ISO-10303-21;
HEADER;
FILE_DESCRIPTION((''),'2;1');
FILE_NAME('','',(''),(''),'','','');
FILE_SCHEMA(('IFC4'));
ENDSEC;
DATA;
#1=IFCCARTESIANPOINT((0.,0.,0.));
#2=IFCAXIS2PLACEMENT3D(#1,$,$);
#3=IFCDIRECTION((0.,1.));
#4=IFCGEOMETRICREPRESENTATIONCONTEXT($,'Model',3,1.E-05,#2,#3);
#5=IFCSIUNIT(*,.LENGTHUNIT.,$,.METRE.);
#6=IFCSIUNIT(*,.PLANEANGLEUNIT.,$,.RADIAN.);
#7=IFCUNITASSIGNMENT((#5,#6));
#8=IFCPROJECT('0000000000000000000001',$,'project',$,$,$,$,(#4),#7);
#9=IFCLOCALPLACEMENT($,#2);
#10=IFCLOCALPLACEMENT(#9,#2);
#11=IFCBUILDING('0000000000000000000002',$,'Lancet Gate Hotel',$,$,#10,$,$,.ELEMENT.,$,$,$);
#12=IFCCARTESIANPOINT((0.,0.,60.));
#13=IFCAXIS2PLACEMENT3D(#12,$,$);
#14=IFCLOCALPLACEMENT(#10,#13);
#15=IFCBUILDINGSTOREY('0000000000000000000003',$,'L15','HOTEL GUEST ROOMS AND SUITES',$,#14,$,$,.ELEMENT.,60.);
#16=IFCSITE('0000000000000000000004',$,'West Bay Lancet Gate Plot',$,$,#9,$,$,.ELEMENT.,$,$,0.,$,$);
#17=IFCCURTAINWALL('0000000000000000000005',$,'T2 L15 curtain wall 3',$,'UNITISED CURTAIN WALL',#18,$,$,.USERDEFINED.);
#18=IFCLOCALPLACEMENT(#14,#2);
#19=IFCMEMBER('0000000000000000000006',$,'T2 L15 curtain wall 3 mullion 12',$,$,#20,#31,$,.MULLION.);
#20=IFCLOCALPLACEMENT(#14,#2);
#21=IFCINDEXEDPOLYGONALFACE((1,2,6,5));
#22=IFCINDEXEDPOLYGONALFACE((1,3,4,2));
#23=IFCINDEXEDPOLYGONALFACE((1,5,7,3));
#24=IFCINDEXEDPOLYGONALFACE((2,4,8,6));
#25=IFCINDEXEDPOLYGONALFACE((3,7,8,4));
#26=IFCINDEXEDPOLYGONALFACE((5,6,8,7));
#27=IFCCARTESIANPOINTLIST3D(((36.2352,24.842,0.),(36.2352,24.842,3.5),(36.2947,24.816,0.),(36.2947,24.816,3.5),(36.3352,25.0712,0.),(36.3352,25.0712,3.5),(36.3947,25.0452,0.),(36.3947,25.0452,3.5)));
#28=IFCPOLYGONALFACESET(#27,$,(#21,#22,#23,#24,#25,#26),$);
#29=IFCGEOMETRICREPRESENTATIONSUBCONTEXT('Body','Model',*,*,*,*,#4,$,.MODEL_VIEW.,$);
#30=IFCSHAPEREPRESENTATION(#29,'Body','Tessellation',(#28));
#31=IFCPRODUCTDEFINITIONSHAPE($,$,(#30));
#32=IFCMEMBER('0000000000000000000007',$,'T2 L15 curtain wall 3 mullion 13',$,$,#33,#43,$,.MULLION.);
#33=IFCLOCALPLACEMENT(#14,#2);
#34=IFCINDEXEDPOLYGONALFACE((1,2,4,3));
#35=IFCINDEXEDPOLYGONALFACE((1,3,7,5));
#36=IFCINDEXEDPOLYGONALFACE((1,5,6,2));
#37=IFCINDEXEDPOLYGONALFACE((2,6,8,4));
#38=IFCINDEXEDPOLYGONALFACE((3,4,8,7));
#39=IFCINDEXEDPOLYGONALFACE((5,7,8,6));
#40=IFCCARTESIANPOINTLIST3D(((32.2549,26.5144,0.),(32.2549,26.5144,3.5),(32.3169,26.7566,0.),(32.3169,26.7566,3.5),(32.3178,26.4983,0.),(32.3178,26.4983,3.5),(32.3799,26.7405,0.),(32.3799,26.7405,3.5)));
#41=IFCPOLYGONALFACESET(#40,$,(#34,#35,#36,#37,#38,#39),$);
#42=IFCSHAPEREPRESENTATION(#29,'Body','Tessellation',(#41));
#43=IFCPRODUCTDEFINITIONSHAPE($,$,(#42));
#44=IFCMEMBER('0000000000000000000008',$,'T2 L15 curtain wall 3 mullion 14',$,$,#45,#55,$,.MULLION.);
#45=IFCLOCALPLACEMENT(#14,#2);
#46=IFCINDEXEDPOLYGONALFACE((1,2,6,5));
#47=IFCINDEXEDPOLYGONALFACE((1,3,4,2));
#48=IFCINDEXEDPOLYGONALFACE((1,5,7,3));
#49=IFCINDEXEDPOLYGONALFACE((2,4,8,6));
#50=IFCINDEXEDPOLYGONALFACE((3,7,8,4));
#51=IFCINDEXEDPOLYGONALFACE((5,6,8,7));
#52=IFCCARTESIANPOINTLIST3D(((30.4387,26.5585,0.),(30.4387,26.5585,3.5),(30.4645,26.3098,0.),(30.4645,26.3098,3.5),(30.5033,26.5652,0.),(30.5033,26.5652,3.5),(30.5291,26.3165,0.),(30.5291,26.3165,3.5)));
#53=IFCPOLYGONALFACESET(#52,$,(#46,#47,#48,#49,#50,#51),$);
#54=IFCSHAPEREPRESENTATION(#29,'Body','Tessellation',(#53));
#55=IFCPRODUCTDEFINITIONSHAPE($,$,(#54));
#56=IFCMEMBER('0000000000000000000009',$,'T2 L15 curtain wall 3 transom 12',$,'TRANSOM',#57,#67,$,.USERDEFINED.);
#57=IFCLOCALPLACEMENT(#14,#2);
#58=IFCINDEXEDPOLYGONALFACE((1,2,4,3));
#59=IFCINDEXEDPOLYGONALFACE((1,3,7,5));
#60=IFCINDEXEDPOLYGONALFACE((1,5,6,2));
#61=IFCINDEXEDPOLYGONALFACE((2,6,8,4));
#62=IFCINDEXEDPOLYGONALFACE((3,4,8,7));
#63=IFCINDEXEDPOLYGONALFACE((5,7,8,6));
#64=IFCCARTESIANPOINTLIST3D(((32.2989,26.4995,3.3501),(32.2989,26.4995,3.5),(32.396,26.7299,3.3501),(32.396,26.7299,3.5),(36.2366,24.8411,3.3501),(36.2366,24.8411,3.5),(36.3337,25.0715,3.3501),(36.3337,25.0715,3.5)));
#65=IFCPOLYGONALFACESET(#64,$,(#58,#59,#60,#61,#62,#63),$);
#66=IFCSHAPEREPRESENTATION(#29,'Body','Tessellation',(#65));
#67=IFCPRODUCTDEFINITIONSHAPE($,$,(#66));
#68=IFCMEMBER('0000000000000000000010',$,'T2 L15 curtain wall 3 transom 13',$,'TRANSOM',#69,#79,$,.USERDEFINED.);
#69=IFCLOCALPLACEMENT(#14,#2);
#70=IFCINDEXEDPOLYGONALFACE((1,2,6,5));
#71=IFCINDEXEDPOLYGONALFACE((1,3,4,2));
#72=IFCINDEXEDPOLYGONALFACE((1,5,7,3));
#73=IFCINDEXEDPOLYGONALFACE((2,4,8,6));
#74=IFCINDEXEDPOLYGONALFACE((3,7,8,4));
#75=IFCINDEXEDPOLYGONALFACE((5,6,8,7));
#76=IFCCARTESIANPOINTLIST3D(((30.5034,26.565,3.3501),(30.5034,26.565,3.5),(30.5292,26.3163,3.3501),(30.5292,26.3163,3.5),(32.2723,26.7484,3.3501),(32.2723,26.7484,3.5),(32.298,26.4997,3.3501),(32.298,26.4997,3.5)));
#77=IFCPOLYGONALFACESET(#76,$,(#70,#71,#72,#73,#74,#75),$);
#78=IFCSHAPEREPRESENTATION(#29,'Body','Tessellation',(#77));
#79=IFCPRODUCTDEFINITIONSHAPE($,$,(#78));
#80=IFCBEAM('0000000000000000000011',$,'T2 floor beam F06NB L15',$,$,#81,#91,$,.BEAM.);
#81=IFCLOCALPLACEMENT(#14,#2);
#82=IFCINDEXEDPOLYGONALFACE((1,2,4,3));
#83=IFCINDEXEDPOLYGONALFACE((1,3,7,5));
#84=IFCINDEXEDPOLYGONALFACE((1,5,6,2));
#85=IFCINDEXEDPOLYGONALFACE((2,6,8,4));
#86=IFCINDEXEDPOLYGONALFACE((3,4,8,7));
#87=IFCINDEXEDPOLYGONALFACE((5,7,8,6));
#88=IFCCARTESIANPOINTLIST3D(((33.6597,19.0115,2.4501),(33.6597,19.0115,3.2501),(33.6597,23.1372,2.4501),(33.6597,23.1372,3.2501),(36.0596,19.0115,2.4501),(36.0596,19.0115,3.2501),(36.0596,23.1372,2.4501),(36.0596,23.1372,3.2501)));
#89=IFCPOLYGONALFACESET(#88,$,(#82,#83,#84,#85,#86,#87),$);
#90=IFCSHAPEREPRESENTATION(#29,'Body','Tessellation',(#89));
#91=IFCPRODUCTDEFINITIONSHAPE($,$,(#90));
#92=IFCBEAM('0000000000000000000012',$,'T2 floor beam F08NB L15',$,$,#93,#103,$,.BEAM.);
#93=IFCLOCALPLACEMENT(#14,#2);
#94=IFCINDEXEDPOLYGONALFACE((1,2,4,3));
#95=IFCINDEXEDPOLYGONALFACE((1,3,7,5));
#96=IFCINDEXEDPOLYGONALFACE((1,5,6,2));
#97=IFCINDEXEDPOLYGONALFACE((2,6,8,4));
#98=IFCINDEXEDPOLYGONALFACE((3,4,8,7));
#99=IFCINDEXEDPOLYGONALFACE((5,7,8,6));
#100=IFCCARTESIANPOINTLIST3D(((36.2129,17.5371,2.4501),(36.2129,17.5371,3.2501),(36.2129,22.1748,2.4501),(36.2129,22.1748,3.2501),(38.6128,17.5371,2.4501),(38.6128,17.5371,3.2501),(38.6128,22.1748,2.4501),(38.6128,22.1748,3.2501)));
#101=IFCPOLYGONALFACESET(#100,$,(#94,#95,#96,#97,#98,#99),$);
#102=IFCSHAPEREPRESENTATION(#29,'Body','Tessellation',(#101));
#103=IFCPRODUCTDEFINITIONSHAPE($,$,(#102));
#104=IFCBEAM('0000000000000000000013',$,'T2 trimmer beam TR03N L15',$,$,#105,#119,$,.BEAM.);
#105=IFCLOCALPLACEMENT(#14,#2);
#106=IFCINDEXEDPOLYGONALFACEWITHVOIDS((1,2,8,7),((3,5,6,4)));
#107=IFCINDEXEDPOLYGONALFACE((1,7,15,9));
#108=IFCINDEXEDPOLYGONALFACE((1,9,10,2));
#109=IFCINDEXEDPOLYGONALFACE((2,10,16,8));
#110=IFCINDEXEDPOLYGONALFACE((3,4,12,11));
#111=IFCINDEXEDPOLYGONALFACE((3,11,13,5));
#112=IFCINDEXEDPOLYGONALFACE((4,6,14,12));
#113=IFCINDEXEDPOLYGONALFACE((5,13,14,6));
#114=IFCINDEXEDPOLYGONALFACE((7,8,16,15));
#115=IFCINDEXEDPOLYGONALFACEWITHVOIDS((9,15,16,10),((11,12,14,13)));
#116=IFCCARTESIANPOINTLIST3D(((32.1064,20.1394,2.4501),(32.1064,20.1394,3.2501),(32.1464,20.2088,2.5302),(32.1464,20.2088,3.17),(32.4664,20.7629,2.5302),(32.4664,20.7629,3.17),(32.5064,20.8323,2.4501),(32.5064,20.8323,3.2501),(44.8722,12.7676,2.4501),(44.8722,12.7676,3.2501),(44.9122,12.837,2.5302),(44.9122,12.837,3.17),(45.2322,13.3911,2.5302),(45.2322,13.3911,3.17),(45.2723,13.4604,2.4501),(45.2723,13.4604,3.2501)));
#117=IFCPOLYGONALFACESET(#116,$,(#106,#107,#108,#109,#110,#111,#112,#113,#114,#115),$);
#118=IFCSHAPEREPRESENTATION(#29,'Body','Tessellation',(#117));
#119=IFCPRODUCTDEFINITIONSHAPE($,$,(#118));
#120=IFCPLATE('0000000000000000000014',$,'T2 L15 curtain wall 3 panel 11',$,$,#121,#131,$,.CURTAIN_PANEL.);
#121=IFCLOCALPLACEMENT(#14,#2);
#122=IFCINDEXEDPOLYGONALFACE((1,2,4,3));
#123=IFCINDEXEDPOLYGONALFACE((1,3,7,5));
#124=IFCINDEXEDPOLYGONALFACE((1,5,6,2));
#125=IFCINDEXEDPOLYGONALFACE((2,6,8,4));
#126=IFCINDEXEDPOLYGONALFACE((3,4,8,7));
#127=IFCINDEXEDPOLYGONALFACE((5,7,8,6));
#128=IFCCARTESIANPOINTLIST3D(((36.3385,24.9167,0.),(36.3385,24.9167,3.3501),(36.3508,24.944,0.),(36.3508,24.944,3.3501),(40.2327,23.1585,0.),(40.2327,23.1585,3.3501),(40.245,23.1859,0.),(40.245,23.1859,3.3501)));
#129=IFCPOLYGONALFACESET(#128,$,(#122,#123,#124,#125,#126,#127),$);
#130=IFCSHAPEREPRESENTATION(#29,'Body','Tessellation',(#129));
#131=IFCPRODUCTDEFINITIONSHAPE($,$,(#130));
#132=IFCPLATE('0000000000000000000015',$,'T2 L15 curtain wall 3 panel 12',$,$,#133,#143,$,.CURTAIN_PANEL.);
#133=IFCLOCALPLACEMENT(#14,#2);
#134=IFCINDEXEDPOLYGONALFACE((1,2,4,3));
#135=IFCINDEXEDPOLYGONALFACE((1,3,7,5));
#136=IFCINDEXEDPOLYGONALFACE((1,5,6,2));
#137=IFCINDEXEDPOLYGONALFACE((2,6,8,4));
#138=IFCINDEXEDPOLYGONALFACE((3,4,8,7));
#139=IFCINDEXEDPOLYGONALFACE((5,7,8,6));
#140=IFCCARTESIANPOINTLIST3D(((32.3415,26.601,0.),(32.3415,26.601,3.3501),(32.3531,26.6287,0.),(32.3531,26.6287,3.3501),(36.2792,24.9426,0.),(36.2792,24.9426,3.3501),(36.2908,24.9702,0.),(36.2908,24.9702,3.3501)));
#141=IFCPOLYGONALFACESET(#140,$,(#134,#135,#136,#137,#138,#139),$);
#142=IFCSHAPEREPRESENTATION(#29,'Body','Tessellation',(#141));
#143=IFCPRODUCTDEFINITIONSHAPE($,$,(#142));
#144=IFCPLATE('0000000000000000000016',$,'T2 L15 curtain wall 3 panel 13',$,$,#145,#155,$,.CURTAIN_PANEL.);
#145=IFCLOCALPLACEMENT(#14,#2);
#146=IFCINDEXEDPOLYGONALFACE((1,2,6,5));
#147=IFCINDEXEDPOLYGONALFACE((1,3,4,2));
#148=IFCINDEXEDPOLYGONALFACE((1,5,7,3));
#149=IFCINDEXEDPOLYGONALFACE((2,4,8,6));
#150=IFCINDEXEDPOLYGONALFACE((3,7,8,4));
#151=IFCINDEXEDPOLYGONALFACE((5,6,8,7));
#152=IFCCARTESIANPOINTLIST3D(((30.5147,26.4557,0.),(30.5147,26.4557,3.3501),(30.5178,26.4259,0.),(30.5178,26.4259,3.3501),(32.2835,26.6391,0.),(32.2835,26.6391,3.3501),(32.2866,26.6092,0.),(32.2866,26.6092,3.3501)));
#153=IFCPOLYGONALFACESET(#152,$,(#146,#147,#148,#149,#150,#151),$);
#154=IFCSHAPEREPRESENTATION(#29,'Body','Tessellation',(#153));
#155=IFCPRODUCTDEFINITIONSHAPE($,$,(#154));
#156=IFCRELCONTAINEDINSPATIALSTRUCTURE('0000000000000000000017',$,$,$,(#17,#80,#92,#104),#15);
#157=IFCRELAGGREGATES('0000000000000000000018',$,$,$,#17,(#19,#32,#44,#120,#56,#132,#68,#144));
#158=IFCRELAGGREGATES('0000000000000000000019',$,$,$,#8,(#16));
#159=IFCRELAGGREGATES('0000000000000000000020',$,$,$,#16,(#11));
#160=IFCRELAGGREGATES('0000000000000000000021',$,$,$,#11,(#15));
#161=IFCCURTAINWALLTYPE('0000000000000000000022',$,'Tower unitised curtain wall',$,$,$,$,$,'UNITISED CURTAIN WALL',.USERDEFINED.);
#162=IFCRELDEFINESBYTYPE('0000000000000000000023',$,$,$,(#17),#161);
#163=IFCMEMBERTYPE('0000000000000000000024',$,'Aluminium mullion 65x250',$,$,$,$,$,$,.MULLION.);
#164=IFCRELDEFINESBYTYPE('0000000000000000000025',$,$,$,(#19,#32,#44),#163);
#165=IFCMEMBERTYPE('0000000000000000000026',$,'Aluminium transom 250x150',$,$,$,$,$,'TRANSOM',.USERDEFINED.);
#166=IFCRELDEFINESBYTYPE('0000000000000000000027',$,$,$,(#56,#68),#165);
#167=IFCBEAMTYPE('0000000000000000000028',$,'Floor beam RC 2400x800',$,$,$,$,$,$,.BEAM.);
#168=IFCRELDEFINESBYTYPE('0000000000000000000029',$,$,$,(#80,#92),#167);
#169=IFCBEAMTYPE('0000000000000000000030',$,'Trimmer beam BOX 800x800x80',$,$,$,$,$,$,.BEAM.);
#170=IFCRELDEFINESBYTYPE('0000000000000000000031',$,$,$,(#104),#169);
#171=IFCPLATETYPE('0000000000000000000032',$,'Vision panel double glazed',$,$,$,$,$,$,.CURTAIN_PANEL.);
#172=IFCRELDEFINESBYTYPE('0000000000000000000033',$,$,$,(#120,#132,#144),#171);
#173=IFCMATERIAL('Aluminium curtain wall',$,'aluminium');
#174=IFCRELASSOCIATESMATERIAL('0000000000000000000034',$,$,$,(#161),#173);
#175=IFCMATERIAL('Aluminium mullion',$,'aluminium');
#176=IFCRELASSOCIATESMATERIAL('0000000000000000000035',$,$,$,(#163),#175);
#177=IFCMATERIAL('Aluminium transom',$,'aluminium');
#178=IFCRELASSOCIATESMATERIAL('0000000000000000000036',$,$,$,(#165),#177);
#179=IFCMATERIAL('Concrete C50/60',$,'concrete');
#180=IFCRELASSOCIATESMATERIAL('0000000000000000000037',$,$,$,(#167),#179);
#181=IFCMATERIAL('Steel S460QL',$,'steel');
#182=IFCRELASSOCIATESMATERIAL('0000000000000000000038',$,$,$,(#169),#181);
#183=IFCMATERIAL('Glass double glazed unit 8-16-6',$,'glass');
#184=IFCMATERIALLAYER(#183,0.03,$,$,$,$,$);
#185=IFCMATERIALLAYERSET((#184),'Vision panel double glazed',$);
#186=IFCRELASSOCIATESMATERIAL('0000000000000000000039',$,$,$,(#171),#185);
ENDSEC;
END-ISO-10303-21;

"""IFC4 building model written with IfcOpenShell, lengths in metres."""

from ifc_helpers import new_model, si_unit, direction, frame, origin, origin_2d, place, context, subcontext, project, spatial, rectangle, hollow_rectangle, extrude, material, layer, layer_set, material_profile, profile_set, type_object, element, aggregate, save


model = new_model("IFC4")

# Units and contexts
model_context = context("Model", 3, precision=1e-05, world=origin(), true_north=direction((0.0, 1.0)))
body_context = subcontext(model_context, "Body", "Model", "MODEL_VIEW")
ifc_project = project(units=[si_unit("LENGTHUNIT", "METRE"), si_unit("PLANEANGLEUNIT", "RADIAN")], contexts=[model_context])

# Site, building, storey
site_placement = place(None, origin())
site = spatial("IfcSite", under=ifc_project, at=site_placement, Name="West Bay Lancet Gate Plot", CompositionType="ELEMENT", RefElevation=0.0)
building_placement = place(site_placement, origin())
building = spatial("IfcBuilding", under=site, at=building_placement, Name="Lancet Gate Hotel", CompositionType="ELEMENT")
storey_placement = place(building_placement, frame((0.0, 0.0, 60.0)))
storey = spatial("IfcBuildingStorey", under=building, at=storey_placement, Name="L15", Description="HOTEL GUEST ROOMS AND SUITES", CompositionType="ELEMENT", Elevation=60.0)

# Curtain wall, members
ifc_material_1 = material(Name="Aluminium curtain wall", Category="aluminium")
curtain_wall_type = type_object("IfcCurtainWallType", Name="Tower unitised curtain wall", ElementType="UNITISED CURTAIN WALL", PredefinedType="USERDEFINED", material=ifc_material_1)
curtain_wall_placement = place(storey_placement, origin())
curtain_wall = element("IfcCurtainWall", 1, at=curtain_wall_placement, inside=storey, type_object=curtain_wall_type, Name="T2 L15 curtain wall 3", ObjectType="UNITISED CURTAIN WALL", PredefinedType="USERDEFINED")
ifc_material_2 = material(Name="Aluminium mullion", Category="aluminium")
ifc_material_profile_1 = material_profile(ifc_material_2, rectangle(XDim=0.0649, YDim=0.25, at=origin_2d()), Name="MULLION 65x250")
ifc_profile_set_1 = profile_set([ifc_material_profile_1], Name="Aluminium mullion")
member_type_1 = type_object("IfcMemberType", Name="Aluminium mullion 65x250", PredefinedType="MULLION", material=ifc_profile_set_1)
member_1_placement = place(storey_placement, frame((36.3149, 24.9436, 0.0), z_axis=(0.0, 0.0, 1.0), x_axis=(-0.916579, 0.399854, 0.0)))
member_1 = element("IfcMember", 2, at=member_1_placement, type_object=member_type_1, Name="T2 L15 curtain wall 3 mullion 12", PredefinedType="MULLION", context=body_context, shape_type="SweptSolid", body=[
    extrude(rectangle(XDim=0.0649, YDim=0.25, at=origin_2d()), origin(), (0.0, 0.0, 1.0), 3.5),
])
member_2_placement = place(storey_placement, frame((32.3174, 26.6274, 0.0), z_axis=(0.0, 0.0, 1.0), x_axis=(-0.968721, 0.24815, 0.0)))
member_2 = element("IfcMember", 3, at=member_2_placement, type_object=member_type_1, Name="T2 L15 curtain wall 3 mullion 13", PredefinedType="MULLION", context=body_context, shape_type="SweptSolid", body=[
    extrude(rectangle(XDim=0.0649, YDim=0.25, at=origin_2d()), origin(), (0.0, 0.0, 1.0), 3.5),
])
member_3_placement = place(storey_placement, frame((30.4839, 26.4375, 0.0), z_axis=(0.0, 0.0, 1.0), x_axis=(-0.994672, -0.103088, 0.0)))
member_3 = element("IfcMember", 4, at=member_3_placement, type_object=member_type_1, Name="T2 L15 curtain wall 3 mullion 14", PredefinedType="MULLION", context=body_context, shape_type="SweptSolid", body=[
    extrude(rectangle(XDim=0.0649, YDim=0.25, at=origin_2d()), origin(), (0.0, 0.0, 1.0), 3.5),
])
ifc_material_3 = material(Name="Aluminium transom", Category="aluminium")
ifc_material_profile_2 = material_profile(ifc_material_3, rectangle(XDim=0.25, YDim=0.1499, at=origin_2d()), Name="TRANSOM 250x150")
ifc_profile_set_2 = profile_set([ifc_material_profile_2], Name="Aluminium transom")
member_type_2 = type_object("IfcMemberType", Name="Aluminium transom 250x150", ElementType="TRANSOM", PredefinedType="USERDEFINED", material=ifc_profile_set_2)
member_4_placement = place(storey_placement, frame((36.2852, 24.9563, 3.425), z_axis=(-0.921598, 0.388146, 0.0), x_axis=(-0.388146, -0.921598, 0.0)))
member_4 = element("IfcMember", 5, at=member_4_placement, type_object=member_type_2, Name="T2 L15 curtain wall 3 transom 12", ObjectType="TRANSOM", PredefinedType="USERDEFINED", context=body_context, shape_type="SweptSolid", body=[
    extrude(rectangle(XDim=0.25, YDim=0.1499, at=origin_2d()), origin(), (0.0, 0.0, 1.0), 4.2727),
])
member_5_placement = place(storey_placement, frame((32.2852, 26.624, 3.425), z_axis=(-0.99467, -0.103105, 0.0), x_axis=(0.103105, -0.99467, 0.0)))
member_5 = element("IfcMember", 6, at=member_5_placement, type_object=member_type_2, Name="T2 L15 curtain wall 3 transom 13", ObjectType="TRANSOM", PredefinedType="USERDEFINED", context=body_context, shape_type="SweptSolid", body=[
    extrude(rectangle(XDim=0.25, YDim=0.1499, at=origin_2d()), origin(), (0.0, 0.0, 1.0), 1.7783),
])

# Beams
ifc_material_4 = material(Name="Concrete C50/60", Category="concrete")
ifc_material_profile_3 = material_profile(ifc_material_4, rectangle(XDim=2.3999, YDim=0.8, at=origin_2d()), Name="RC 2400x800")
ifc_profile_set_3 = profile_set([ifc_material_profile_3], Name="Concrete C50/60")
beam_type_1 = type_object("IfcBeamType", Name="Floor beam RC 2400x800", PredefinedType="BEAM", material=ifc_profile_set_3)
beam_1_placement = place(storey_placement, frame((34.8596, 19.0115, 2.8501), z_axis=(0.0, 1.0, 0.0), x_axis=(-1.0, 0.0, 0.0)))
element("IfcBeam", 7, at=beam_1_placement, inside=storey, type_object=beam_type_1, Name="T2 floor beam F06NB L15", PredefinedType="BEAM", context=body_context, shape_type="SweptSolid", body=[
    extrude(rectangle(XDim=2.3999, YDim=0.8, at=origin_2d()), origin(), (0.0, 0.0, 1.0), 4.1257),
])
beam_2_placement = place(storey_placement, frame((37.4128, 17.5371, 2.8501), z_axis=(0.0, 1.0, 0.0), x_axis=(-1.0, 0.0, 0.0)))
element("IfcBeam", 8, at=beam_2_placement, inside=storey, type_object=beam_type_1, Name="T2 floor beam F08NB L15", PredefinedType="BEAM", context=body_context, shape_type="SweptSolid", body=[
    extrude(rectangle(XDim=2.3999, YDim=0.8, at=origin_2d()), origin(), (0.0, 0.0, 1.0), 4.6377),
])
ifc_material_5 = material(Name="Steel S460QL", Category="steel")
ifc_material_profile_4 = material_profile(ifc_material_5, hollow_rectangle(XDim=0.8, YDim=0.8, WallThickness=0.0801, at=origin_2d()), Name="BOX 800x800x80")
ifc_profile_set_4 = profile_set([ifc_material_profile_4], Name="Steel S460QL")
beam_type_2 = type_object("IfcBeamType", Name="Trimmer beam BOX 800x800x80", PredefinedType="BEAM", material=ifc_profile_set_4)
beam_3_placement = place(storey_placement, frame((32.3064, 20.4858, 2.8501), z_axis=(0.865983, -0.500074, 0.0), x_axis=(0.500074, 0.865983, 0.0)))
element("IfcBeam", 9, at=beam_3_placement, inside=storey, type_object=beam_type_2, Name="T2 trimmer beam TR03N L15", PredefinedType="BEAM", context=body_context, shape_type="SweptSolid", body=[
    extrude(hollow_rectangle(XDim=0.8, YDim=0.8, WallThickness=0.0801, at=origin_2d()), origin(), (0.0, 0.0, 1.0), 14.7415),
])

# Plates
ifc_material_6 = material(Name="Glass double glazed unit 8-16-6", Category="glass")
ifc_layer_1 = layer(ifc_material_6, 0.03)
ifc_layer_set_1 = layer_set([ifc_layer_1], Name="Vision panel double glazed")
plate_type = type_object("IfcPlateType", Name="Vision panel double glazed", PredefinedType="CURTAIN_PANEL", material=ifc_layer_set_1)
plate_1_placement = place(storey_placement, frame((38.2917, 24.0513, 0.0), z_axis=(0.0, 0.0, 1.0), x_axis=(-0.911416, 0.411487, 0.0)))
plate_1 = element("IfcPlate", 10, at=plate_1_placement, type_object=plate_type, Name="T2 L15 curtain wall 3 panel 11", PredefinedType="CURTAIN_PANEL", context=body_context, shape_type="SweptSolid", body=[
    extrude(rectangle(XDim=4.2727, YDim=0.03, at=origin_2d()), origin(), (0.0, 0.0, 1.0), 3.3501),
])
plate_2_placement = place(storey_placement, frame((34.3162, 25.7856, 0.0), z_axis=(0.0, 0.0, 1.0), x_axis=(-0.921593, 0.388157, 0.0)))
plate_2 = element("IfcPlate", 11, at=plate_2_placement, type_object=plate_type, Name="T2 L15 curtain wall 3 panel 12", PredefinedType="CURTAIN_PANEL", context=body_context, shape_type="SweptSolid", body=[
    extrude(rectangle(XDim=4.2727, YDim=0.03, at=origin_2d()), origin(), (0.0, 0.0, 1.0), 3.3501),
])
plate_3_placement = place(storey_placement, frame((31.4006, 26.5325, 0.0), z_axis=(0.0, 0.0, 1.0), x_axis=(-0.994672, -0.103088, 0.0)))
plate_3 = element("IfcPlate", 12, at=plate_3_placement, type_object=plate_type, Name="T2 L15 curtain wall 3 panel 13", PredefinedType="CURTAIN_PANEL", context=body_context, shape_type="SweptSolid", body=[
    extrude(rectangle(XDim=1.7783, YDim=0.03, at=origin_2d()), origin(), (0.0, 0.0, 1.0), 3.3501),
])
aggregate(curtain_wall, [member_1, member_2, member_3, plate_1, member_4, plate_2, member_5, plate_3])

save(model, "model.ifc")
